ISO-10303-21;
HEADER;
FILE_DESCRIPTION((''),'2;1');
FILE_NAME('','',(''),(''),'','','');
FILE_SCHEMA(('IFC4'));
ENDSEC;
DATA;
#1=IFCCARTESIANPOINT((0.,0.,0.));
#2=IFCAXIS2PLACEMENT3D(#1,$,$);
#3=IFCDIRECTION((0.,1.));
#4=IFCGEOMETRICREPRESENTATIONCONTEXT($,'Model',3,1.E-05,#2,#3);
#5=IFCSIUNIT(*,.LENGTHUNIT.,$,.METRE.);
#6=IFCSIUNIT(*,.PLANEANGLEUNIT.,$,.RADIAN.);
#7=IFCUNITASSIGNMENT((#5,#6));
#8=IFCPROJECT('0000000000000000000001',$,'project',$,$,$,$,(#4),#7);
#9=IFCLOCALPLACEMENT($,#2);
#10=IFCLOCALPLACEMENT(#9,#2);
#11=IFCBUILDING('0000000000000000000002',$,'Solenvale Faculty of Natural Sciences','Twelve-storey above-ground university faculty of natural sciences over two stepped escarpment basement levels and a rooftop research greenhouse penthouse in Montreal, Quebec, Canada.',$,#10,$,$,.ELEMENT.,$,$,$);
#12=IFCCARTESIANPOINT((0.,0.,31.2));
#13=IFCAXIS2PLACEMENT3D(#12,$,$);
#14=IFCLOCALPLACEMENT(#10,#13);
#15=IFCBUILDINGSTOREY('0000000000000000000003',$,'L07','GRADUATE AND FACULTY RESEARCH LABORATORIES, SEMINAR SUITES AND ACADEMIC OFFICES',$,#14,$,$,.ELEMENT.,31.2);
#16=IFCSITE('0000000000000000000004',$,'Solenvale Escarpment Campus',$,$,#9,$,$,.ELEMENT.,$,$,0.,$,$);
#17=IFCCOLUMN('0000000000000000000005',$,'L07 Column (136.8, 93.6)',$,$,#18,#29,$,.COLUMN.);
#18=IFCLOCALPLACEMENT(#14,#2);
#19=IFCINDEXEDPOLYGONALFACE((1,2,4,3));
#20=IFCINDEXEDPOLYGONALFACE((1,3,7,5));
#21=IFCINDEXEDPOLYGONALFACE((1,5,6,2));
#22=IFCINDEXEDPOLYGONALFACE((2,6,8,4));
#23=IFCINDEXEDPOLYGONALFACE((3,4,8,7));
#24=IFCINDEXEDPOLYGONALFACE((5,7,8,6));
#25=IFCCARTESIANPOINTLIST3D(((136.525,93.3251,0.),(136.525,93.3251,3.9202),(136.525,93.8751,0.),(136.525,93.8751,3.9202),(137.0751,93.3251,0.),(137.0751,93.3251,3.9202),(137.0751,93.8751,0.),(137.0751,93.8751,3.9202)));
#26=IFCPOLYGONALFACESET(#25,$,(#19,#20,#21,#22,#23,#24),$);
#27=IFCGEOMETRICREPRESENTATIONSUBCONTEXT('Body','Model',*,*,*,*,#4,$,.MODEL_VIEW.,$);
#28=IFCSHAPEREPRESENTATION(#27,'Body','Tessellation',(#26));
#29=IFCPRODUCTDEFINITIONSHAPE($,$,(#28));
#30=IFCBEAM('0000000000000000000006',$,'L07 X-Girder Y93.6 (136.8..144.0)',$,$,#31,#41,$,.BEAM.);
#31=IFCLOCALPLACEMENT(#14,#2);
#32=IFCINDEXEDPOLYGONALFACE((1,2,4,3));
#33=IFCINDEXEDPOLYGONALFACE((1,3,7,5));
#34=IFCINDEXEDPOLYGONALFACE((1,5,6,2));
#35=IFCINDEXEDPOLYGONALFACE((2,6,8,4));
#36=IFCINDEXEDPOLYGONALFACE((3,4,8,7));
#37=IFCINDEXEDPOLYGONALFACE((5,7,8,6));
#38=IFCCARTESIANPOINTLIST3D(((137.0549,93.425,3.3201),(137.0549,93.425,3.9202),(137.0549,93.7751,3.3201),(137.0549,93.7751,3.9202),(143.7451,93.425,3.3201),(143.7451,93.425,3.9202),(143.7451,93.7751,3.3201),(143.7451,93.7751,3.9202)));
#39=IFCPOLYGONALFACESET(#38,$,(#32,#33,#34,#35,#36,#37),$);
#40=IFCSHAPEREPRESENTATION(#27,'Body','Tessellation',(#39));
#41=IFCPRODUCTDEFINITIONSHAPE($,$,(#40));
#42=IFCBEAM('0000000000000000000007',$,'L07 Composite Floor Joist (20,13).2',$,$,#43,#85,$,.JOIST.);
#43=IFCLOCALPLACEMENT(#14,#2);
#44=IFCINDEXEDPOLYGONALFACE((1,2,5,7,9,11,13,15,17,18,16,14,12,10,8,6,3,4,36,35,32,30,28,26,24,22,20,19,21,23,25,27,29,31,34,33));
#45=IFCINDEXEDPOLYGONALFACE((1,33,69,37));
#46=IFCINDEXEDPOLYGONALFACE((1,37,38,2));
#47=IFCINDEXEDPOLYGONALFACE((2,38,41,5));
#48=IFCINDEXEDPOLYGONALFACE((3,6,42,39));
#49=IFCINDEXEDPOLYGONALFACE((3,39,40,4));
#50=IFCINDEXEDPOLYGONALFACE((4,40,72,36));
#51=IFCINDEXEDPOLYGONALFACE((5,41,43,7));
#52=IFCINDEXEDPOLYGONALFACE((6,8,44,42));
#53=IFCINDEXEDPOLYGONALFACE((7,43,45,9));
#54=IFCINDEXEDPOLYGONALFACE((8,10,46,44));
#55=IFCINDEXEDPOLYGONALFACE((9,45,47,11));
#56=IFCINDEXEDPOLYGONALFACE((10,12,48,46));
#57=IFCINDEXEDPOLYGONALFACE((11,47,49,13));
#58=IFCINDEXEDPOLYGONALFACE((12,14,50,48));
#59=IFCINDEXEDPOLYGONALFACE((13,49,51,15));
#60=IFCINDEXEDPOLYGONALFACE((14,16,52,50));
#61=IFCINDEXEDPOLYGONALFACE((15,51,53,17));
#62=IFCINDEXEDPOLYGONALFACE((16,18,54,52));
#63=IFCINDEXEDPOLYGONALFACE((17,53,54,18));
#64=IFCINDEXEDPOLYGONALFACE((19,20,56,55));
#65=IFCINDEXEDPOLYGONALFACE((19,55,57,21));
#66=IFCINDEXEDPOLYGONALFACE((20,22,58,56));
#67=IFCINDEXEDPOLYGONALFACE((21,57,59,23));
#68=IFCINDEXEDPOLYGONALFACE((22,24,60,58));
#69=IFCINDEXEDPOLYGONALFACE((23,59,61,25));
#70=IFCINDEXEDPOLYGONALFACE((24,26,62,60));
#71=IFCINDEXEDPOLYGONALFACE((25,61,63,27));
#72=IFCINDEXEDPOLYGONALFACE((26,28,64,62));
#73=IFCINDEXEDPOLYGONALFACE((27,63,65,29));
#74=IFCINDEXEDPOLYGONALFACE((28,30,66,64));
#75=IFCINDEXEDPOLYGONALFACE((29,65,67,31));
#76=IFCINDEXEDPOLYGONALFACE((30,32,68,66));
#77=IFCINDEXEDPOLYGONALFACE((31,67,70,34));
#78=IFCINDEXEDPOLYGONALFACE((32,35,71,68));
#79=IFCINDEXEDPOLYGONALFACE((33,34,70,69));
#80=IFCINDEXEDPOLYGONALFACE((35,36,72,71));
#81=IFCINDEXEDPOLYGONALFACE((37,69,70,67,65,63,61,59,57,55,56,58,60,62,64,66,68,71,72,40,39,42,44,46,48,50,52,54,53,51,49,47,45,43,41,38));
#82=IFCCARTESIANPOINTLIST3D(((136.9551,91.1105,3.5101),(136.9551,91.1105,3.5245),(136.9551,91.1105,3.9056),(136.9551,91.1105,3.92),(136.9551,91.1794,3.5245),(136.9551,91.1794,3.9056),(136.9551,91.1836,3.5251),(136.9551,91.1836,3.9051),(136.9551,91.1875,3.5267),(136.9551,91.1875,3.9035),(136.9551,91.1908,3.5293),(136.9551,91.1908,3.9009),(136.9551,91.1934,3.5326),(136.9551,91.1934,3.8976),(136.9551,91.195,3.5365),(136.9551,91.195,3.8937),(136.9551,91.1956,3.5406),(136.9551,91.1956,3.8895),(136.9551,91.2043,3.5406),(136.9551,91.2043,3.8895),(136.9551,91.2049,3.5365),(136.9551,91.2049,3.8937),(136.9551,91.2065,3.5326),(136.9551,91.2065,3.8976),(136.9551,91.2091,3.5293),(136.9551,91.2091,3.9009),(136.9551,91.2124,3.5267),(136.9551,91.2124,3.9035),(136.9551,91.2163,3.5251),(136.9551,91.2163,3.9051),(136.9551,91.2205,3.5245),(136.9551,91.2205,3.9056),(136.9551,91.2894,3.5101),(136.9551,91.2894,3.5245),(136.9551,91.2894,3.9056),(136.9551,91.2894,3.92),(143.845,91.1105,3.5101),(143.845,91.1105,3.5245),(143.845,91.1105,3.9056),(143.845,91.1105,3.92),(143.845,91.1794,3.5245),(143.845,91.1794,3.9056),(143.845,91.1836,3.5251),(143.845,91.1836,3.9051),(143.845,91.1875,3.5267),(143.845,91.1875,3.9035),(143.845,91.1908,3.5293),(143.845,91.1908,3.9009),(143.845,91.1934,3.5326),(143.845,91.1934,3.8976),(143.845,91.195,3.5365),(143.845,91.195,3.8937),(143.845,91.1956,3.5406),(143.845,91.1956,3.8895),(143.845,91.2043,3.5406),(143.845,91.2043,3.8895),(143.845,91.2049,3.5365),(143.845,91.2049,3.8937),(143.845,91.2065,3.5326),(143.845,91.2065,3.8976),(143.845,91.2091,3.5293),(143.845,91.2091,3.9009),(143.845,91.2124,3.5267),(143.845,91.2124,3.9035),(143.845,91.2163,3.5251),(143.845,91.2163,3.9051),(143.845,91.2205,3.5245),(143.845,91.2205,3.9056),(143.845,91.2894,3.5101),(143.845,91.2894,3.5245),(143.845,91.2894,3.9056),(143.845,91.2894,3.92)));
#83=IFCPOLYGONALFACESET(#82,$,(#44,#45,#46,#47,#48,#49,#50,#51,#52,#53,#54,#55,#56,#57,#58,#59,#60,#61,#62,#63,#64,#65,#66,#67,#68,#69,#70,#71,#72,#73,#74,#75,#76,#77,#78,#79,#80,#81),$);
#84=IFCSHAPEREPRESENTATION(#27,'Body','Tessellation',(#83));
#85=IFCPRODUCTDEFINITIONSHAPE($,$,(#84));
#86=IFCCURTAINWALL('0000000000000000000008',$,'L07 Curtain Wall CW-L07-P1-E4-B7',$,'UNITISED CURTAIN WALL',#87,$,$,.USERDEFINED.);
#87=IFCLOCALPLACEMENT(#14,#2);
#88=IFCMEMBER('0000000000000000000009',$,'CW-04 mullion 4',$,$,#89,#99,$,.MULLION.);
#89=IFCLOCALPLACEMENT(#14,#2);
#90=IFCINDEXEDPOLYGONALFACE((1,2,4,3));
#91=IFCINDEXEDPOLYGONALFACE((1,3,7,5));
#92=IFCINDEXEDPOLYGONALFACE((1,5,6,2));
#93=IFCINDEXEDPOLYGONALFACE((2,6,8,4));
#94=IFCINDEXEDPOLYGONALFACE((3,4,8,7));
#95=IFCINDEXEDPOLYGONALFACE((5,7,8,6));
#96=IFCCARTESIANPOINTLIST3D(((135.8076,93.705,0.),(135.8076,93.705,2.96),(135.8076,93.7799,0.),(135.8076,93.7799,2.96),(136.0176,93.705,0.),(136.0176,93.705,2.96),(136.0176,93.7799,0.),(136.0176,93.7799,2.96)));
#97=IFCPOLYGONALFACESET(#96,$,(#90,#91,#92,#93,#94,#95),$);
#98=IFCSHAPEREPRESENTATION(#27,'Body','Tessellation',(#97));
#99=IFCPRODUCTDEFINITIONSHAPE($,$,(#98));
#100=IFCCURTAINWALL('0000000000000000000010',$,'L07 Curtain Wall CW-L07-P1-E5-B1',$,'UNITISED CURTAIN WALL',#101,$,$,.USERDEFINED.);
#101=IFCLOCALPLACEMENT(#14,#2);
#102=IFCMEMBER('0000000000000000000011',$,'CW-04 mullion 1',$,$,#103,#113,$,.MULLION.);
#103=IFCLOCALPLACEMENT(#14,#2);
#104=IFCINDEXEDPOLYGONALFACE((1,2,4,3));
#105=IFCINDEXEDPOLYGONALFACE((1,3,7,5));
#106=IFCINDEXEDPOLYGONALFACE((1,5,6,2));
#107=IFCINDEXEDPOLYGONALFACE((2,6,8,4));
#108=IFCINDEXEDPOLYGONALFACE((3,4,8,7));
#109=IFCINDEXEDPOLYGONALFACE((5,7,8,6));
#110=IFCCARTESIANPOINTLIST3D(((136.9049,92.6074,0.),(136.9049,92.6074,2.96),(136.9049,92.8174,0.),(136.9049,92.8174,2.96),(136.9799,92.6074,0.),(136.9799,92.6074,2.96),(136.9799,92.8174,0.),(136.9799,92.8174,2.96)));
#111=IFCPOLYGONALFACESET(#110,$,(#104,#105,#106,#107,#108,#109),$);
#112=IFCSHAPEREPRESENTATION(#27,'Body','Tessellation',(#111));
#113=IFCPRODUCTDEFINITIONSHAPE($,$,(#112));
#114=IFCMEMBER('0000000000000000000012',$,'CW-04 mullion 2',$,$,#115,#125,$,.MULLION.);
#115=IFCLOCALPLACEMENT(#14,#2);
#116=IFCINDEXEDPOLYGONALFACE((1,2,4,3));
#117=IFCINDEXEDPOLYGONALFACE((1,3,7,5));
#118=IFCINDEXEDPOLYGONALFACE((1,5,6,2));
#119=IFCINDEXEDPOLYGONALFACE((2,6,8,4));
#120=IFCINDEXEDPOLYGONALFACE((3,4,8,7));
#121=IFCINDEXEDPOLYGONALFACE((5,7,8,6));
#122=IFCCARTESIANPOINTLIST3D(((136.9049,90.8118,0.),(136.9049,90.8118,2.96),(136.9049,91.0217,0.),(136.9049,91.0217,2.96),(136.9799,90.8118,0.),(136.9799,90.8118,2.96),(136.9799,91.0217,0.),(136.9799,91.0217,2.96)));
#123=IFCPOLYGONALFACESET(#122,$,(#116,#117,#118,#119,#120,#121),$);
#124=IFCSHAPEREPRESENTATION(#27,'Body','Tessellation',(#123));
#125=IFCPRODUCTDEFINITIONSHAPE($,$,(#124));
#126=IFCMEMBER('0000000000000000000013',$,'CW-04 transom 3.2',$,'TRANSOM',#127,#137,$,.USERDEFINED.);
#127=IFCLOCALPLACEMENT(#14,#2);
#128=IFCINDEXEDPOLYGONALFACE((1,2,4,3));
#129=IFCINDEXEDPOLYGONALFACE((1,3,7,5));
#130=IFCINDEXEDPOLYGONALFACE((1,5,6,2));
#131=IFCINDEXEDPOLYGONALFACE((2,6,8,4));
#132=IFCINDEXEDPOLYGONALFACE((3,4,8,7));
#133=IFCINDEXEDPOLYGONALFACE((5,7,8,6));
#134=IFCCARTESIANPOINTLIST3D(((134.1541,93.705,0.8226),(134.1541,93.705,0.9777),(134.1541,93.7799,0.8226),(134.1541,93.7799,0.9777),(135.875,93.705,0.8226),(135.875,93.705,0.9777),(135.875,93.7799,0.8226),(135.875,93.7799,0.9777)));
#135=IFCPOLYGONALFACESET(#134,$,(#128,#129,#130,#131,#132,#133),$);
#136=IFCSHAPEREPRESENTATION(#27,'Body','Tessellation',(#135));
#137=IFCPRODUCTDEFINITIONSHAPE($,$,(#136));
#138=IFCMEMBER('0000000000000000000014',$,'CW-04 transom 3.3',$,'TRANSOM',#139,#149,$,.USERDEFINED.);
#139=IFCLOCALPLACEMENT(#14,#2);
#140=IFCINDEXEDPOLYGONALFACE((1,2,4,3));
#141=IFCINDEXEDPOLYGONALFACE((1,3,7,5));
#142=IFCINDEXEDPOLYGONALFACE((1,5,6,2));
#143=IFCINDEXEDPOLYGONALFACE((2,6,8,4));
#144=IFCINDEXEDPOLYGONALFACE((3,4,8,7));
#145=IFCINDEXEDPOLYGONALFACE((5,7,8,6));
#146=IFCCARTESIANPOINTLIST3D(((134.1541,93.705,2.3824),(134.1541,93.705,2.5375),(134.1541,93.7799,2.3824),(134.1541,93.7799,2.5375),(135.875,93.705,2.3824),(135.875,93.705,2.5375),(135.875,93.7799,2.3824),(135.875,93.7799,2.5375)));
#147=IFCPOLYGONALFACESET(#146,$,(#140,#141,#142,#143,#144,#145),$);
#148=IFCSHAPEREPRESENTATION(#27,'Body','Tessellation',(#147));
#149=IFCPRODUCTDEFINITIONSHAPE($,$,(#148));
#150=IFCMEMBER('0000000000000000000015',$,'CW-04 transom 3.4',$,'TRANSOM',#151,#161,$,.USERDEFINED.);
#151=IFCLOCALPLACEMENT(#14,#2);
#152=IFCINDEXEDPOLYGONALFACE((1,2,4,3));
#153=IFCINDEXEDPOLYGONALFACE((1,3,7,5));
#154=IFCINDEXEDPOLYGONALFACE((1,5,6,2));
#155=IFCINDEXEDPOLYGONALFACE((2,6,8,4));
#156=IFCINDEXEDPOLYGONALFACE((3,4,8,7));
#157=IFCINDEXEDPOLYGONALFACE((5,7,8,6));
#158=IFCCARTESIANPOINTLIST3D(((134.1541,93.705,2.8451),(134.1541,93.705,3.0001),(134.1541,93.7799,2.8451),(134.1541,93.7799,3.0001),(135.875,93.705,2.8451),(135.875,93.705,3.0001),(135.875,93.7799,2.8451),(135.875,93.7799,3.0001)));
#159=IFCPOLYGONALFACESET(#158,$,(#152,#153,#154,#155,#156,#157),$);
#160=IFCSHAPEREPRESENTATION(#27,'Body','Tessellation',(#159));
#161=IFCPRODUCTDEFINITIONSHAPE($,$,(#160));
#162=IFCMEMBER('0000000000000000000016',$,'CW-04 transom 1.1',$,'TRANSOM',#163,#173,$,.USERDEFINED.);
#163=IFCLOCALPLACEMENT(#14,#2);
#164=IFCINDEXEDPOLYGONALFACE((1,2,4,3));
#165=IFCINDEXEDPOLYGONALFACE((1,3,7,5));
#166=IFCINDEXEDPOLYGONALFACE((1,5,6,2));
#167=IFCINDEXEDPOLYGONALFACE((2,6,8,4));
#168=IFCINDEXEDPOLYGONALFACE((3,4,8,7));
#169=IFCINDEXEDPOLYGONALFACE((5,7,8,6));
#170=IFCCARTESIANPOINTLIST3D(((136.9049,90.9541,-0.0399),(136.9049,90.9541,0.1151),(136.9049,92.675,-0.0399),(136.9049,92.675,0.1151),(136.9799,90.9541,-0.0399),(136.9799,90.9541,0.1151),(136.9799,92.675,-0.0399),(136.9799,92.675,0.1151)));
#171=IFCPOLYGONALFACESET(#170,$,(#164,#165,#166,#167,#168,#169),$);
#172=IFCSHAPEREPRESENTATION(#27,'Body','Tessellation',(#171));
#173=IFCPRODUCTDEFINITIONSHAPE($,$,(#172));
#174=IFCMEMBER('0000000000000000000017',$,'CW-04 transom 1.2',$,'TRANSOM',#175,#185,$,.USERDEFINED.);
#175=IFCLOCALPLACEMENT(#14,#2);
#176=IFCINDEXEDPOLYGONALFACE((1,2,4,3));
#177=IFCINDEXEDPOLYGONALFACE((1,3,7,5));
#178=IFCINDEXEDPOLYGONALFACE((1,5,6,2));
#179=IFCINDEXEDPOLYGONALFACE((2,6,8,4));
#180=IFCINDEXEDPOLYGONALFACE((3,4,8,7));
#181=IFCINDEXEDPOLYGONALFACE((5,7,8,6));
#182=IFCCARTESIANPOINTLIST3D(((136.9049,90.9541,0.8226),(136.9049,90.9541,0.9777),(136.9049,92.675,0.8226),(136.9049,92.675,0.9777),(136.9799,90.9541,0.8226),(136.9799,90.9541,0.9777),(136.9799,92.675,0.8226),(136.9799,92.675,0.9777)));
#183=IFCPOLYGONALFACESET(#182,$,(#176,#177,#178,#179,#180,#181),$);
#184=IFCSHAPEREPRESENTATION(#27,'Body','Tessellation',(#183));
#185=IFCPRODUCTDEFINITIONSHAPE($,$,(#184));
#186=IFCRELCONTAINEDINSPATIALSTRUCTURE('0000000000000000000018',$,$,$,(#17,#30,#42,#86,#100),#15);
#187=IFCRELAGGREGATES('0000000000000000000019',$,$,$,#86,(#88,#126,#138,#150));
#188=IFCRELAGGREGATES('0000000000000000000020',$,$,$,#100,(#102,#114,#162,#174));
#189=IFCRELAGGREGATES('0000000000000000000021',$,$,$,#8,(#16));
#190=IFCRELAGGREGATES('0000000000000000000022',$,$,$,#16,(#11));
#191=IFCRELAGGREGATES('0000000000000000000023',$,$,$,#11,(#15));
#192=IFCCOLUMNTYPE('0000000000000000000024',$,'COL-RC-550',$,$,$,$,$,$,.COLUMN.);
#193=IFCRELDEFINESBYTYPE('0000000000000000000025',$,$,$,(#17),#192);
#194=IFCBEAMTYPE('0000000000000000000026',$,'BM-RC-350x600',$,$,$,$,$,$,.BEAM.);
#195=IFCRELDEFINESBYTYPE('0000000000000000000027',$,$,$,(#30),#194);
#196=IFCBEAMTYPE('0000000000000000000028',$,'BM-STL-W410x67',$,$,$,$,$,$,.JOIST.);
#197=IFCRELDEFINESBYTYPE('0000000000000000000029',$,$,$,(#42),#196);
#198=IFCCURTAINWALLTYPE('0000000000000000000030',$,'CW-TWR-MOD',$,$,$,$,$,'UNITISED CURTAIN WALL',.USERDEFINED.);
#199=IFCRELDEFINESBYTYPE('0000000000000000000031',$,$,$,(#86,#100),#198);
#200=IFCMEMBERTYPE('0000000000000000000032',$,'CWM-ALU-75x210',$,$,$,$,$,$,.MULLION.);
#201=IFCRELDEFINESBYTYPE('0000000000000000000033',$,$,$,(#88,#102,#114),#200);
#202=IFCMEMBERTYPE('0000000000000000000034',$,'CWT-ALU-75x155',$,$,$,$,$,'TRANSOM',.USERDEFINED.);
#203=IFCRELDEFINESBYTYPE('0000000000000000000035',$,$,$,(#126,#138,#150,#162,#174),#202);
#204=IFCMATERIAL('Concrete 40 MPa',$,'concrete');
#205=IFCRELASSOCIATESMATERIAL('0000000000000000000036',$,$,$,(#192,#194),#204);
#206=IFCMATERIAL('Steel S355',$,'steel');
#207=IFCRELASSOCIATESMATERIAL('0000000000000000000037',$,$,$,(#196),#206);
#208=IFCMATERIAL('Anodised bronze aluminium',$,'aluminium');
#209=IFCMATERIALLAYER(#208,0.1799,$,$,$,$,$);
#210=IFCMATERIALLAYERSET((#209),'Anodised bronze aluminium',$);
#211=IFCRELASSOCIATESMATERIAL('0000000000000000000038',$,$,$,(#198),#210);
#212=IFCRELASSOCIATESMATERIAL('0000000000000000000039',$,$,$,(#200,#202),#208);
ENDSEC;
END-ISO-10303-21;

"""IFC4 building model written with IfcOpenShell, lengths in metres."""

from ifc_helpers import new_model, si_unit, direction, frame, origin, origin_2d, place, context, subcontext, project, spatial, rectangle, i_section, extrude, material, layer, layer_set, material_profile, profile_set, type_object, element, aggregate, save


model = new_model("IFC4")

# Units and contexts
model_context = context("Model", 3, precision=1e-05, world=origin(), true_north=direction((0.0, 1.0)))
body_context = subcontext(model_context, "Body", "Model", "MODEL_VIEW")
ifc_project = project(units=[si_unit("LENGTHUNIT", "METRE"), si_unit("PLANEANGLEUNIT", "RADIAN")], contexts=[model_context])

# Site, building, storey
site_placement = place(None, origin())
site = spatial("IfcSite", under=ifc_project, at=site_placement, Name="Solenvale Escarpment Campus", CompositionType="ELEMENT", RefElevation=0.0)
building_placement = place(site_placement, origin())
building = spatial("IfcBuilding", under=site, at=building_placement, Name="Solenvale Faculty of Natural Sciences", Description="Twelve-storey above-ground university faculty of natural sciences over two stepped escarpment basement levels and a rooftop research greenhouse penthouse in Montreal, Quebec, Canada.", CompositionType="ELEMENT")
storey_placement = place(building_placement, frame((0.0, 0.0, 31.2)))
storey = spatial("IfcBuildingStorey", under=building, at=storey_placement, Name="L07", Description="GRADUATE AND FACULTY RESEARCH LABORATORIES, SEMINAR SUITES AND ACADEMIC OFFICES", CompositionType="ELEMENT", Elevation=31.2)

# Column
ifc_material_1 = material(Name="Concrete 40 MPa", Category="concrete")
ifc_material_profile_1 = material_profile(ifc_material_1, rectangle(XDim=0.55, YDim=0.55, at=origin_2d()), Name="RC-COL-550x550")
ifc_profile_set_1 = profile_set([ifc_material_profile_1], Name="Concrete 40 MPa")
column_type = type_object("IfcColumnType", Name="COL-RC-550", PredefinedType="COLUMN", material=ifc_profile_set_1)
column_placement = place(storey_placement, frame((136.8, 93.6001, 0.0), z_axis=(0.0, 0.0, 1.0), x_axis=(1.0, 0.0, 0.0)))
element("IfcColumn", 1, at=column_placement, inside=storey, type_object=column_type, Name="L07 Column (136.8, 93.6)", PredefinedType="COLUMN", context=body_context, shape_type="SweptSolid", body=[
    extrude(rectangle(XDim=0.55, YDim=0.55, at=origin_2d()), origin(), (0.0, 0.0, 1.0), 3.9202),
])

# Beams
ifc_material_profile_2 = material_profile(ifc_material_1, rectangle(XDim=0.3501, YDim=0.6001, at=origin_2d()), Name="RC-BM-350x600")
ifc_profile_set_2 = profile_set([ifc_material_profile_2], Name="Concrete 40 MPa")
beam_type_1 = type_object("IfcBeamType", Name="BM-RC-350x600", PredefinedType="BEAM", material=ifc_profile_set_2)
beam_1_placement = place(storey_placement, frame((137.0549, 93.6001, 3.6201), z_axis=(1.0, 0.0, 0.0), x_axis=(0.0, 1.0, 0.0)))
element("IfcBeam", 2, at=beam_1_placement, inside=storey, type_object=beam_type_1, Name="L07 X-Girder Y93.6 (136.8..144.0)", PredefinedType="BEAM", context=body_context, shape_type="SweptSolid", body=[
    extrude(rectangle(XDim=0.3501, YDim=0.6001, at=origin_2d()), origin(), (0.0, 0.0, 1.0), 6.6902),
])
ifc_material_2 = material(Name="Steel S355", Category="steel")
ifc_material_profile_3 = material_profile(ifc_material_2, i_section(OverallWidth=0.179, OverallDepth=0.4099, WebThickness=0.0088, FlangeThickness=0.0144, FilletRadius=0.0161, at=origin_2d()), Name="W410x67")
ifc_profile_set_3 = profile_set([ifc_material_profile_3], Name="Steel S355")
beam_type_2 = type_object("IfcBeamType", Name="BM-STL-W410x67", PredefinedType="JOIST", material=ifc_profile_set_3)
beam_2_placement = place(storey_placement, frame((136.9551, 91.2, 3.7151), z_axis=(1.0, 0.0, 0.0), x_axis=(0.0, 1.0, 0.0)))
element("IfcBeam", 3, at=beam_2_placement, inside=storey, type_object=beam_type_2, Name="L07 Composite Floor Joist (20,13).2", PredefinedType="JOIST", context=body_context, shape_type="SweptSolid", body=[
    extrude(i_section(OverallWidth=0.179, OverallDepth=0.4099, WebThickness=0.0088, FlangeThickness=0.0144, FilletRadius=0.0161, at=origin_2d()), origin(), (0.0, 0.0, 1.0), 6.8899),
])

# Curtain wall, member
ifc_material_3 = material(Name="Anodised bronze aluminium", Category="aluminium")
ifc_layer_1 = layer(ifc_material_3, 0.1799)
ifc_layer_set_1 = layer_set([ifc_layer_1], Name="Anodised bronze aluminium")
curtain_wall_type = type_object("IfcCurtainWallType", Name="CW-TWR-MOD", ElementType="UNITISED CURTAIN WALL", PredefinedType="USERDEFINED", material=ifc_layer_set_1)
curtain_wall_1_placement = place(storey_placement, origin())
curtain_wall_1 = element("IfcCurtainWall", 4, at=curtain_wall_1_placement, inside=storey, type_object=curtain_wall_type, Name="L07 Curtain Wall CW-L07-P1-E4-B7", ObjectType="UNITISED CURTAIN WALL", PredefinedType="USERDEFINED")
ifc_material_profile_4 = material_profile(ifc_material_3, rectangle(XDim=0.075, YDim=0.21, at=origin_2d()), Name="ALU-MUL-75x210")
ifc_profile_set_4 = profile_set([ifc_material_profile_4], Name="Anodised bronze aluminium")
member_type_1 = type_object("IfcMemberType", Name="CWM-ALU-75x210", PredefinedType="MULLION", material=ifc_profile_set_4)
member_1_placement = place(storey_placement, frame((135.9126, 93.7424, 0.0), z_axis=(0.0, 0.0, 1.0), x_axis=(0.0, 1.0, 0.0)))
member_1 = element("IfcMember", 5, at=member_1_placement, type_object=member_type_1, Name="CW-04 mullion 4", PredefinedType="MULLION", context=body_context, shape_type="SweptSolid", body=[
    extrude(rectangle(XDim=0.075, YDim=0.21, at=origin_2d()), origin(), (0.0, 0.0, 1.0), 2.96),
])

# Curtain wall, members
curtain_wall_2_placement = place(storey_placement, origin())
curtain_wall_2 = element("IfcCurtainWall", 6, at=curtain_wall_2_placement, inside=storey, type_object=curtain_wall_type, Name="L07 Curtain Wall CW-L07-P1-E5-B1", ObjectType="UNITISED CURTAIN WALL", PredefinedType="USERDEFINED")
member_2_placement = place(storey_placement, frame((136.9424, 92.7124, 0.0), z_axis=(0.0, 0.0, 1.0), x_axis=(1.0, 0.0, 0.0)))
member_2 = element("IfcMember", 7, at=member_2_placement, type_object=member_type_1, Name="CW-04 mullion 1", PredefinedType="MULLION", context=body_context, shape_type="SweptSolid", body=[
    extrude(rectangle(XDim=0.075, YDim=0.21, at=origin_2d()), origin(), (0.0, 0.0, 1.0), 2.96),
])
member_3_placement = place(storey_placement, frame((136.9424, 90.9167, 0.0), z_axis=(0.0, 0.0, 1.0), x_axis=(1.0, 0.0, 0.0)))
member_3 = element("IfcMember", 8, at=member_3_placement, type_object=member_type_1, Name="CW-04 mullion 2", PredefinedType="MULLION", context=body_context, shape_type="SweptSolid", body=[
    extrude(rectangle(XDim=0.075, YDim=0.21, at=origin_2d()), origin(), (0.0, 0.0, 1.0), 2.96),
])

# Members
ifc_material_profile_5 = material_profile(ifc_material_3, rectangle(XDim=0.075, YDim=0.155, at=origin_2d()), Name="ALU-TRN-75x155")
ifc_profile_set_5 = profile_set([ifc_material_profile_5], Name="Anodised bronze aluminium")
member_type_2 = type_object("IfcMemberType", Name="CWT-ALU-75x155", ElementType="TRANSOM", PredefinedType="USERDEFINED", material=ifc_profile_set_5)
member_4_placement = place(storey_placement, frame((134.1541, 93.7424, 0.9001), z_axis=(1.0, 0.0, 0.0), x_axis=(0.0, 1.0, 0.0)))
member_4 = element("IfcMember", 9, at=member_4_placement, type_object=member_type_2, Name="CW-04 transom 3.2", ObjectType="TRANSOM", PredefinedType="USERDEFINED", context=body_context, shape_type="SweptSolid", body=[
    extrude(rectangle(XDim=0.075, YDim=0.155, at=origin_2d()), origin(), (0.0, 0.0, 1.0), 1.7209),
])
member_5_placement = place(storey_placement, frame((134.1541, 93.7424, 2.46), z_axis=(1.0, 0.0, 0.0), x_axis=(0.0, 1.0, 0.0)))
member_5 = element("IfcMember", 10, at=member_5_placement, type_object=member_type_2, Name="CW-04 transom 3.3", ObjectType="TRANSOM", PredefinedType="USERDEFINED", context=body_context, shape_type="SweptSolid", body=[
    extrude(rectangle(XDim=0.075, YDim=0.155, at=origin_2d()), origin(), (0.0, 0.0, 1.0), 1.7209),
])
member_6_placement = place(storey_placement, frame((134.1541, 93.7424, 2.9226), z_axis=(1.0, 0.0, 0.0), x_axis=(0.0, 1.0, 0.0)))
member_6 = element("IfcMember", 11, at=member_6_placement, type_object=member_type_2, Name="CW-04 transom 3.4", ObjectType="TRANSOM", PredefinedType="USERDEFINED", context=body_context, shape_type="SweptSolid", body=[
    extrude(rectangle(XDim=0.075, YDim=0.155, at=origin_2d()), origin(), (0.0, 0.0, 1.0), 1.7209),
])
member_7_placement = place(storey_placement, frame((136.9424, 92.675, 0.0376), z_axis=(0.0, -1.0, 0.0), x_axis=(1.0, 0.0, 0.0)))
member_7 = element("IfcMember", 12, at=member_7_placement, type_object=member_type_2, Name="CW-04 transom 1.1", ObjectType="TRANSOM", PredefinedType="USERDEFINED", context=body_context, shape_type="SweptSolid", body=[
    extrude(rectangle(XDim=0.075, YDim=0.155, at=origin_2d()), origin(), (0.0, 0.0, 1.0), 1.7209),
])
member_8_placement = place(storey_placement, frame((136.9424, 92.675, 0.9001), z_axis=(0.0, -1.0, 0.0), x_axis=(1.0, 0.0, 0.0)))
member_8 = element("IfcMember", 13, at=member_8_placement, type_object=member_type_2, Name="CW-04 transom 1.2", ObjectType="TRANSOM", PredefinedType="USERDEFINED", context=body_context, shape_type="SweptSolid", body=[
    extrude(rectangle(XDim=0.075, YDim=0.155, at=origin_2d()), origin(), (0.0, 0.0, 1.0), 1.7209),
])

aggregate(curtain_wall_1, [member_1, member_4, member_5, member_6])
aggregate(curtain_wall_2, [member_2, member_3, member_7, member_8])

save(model, "model.ifc")
